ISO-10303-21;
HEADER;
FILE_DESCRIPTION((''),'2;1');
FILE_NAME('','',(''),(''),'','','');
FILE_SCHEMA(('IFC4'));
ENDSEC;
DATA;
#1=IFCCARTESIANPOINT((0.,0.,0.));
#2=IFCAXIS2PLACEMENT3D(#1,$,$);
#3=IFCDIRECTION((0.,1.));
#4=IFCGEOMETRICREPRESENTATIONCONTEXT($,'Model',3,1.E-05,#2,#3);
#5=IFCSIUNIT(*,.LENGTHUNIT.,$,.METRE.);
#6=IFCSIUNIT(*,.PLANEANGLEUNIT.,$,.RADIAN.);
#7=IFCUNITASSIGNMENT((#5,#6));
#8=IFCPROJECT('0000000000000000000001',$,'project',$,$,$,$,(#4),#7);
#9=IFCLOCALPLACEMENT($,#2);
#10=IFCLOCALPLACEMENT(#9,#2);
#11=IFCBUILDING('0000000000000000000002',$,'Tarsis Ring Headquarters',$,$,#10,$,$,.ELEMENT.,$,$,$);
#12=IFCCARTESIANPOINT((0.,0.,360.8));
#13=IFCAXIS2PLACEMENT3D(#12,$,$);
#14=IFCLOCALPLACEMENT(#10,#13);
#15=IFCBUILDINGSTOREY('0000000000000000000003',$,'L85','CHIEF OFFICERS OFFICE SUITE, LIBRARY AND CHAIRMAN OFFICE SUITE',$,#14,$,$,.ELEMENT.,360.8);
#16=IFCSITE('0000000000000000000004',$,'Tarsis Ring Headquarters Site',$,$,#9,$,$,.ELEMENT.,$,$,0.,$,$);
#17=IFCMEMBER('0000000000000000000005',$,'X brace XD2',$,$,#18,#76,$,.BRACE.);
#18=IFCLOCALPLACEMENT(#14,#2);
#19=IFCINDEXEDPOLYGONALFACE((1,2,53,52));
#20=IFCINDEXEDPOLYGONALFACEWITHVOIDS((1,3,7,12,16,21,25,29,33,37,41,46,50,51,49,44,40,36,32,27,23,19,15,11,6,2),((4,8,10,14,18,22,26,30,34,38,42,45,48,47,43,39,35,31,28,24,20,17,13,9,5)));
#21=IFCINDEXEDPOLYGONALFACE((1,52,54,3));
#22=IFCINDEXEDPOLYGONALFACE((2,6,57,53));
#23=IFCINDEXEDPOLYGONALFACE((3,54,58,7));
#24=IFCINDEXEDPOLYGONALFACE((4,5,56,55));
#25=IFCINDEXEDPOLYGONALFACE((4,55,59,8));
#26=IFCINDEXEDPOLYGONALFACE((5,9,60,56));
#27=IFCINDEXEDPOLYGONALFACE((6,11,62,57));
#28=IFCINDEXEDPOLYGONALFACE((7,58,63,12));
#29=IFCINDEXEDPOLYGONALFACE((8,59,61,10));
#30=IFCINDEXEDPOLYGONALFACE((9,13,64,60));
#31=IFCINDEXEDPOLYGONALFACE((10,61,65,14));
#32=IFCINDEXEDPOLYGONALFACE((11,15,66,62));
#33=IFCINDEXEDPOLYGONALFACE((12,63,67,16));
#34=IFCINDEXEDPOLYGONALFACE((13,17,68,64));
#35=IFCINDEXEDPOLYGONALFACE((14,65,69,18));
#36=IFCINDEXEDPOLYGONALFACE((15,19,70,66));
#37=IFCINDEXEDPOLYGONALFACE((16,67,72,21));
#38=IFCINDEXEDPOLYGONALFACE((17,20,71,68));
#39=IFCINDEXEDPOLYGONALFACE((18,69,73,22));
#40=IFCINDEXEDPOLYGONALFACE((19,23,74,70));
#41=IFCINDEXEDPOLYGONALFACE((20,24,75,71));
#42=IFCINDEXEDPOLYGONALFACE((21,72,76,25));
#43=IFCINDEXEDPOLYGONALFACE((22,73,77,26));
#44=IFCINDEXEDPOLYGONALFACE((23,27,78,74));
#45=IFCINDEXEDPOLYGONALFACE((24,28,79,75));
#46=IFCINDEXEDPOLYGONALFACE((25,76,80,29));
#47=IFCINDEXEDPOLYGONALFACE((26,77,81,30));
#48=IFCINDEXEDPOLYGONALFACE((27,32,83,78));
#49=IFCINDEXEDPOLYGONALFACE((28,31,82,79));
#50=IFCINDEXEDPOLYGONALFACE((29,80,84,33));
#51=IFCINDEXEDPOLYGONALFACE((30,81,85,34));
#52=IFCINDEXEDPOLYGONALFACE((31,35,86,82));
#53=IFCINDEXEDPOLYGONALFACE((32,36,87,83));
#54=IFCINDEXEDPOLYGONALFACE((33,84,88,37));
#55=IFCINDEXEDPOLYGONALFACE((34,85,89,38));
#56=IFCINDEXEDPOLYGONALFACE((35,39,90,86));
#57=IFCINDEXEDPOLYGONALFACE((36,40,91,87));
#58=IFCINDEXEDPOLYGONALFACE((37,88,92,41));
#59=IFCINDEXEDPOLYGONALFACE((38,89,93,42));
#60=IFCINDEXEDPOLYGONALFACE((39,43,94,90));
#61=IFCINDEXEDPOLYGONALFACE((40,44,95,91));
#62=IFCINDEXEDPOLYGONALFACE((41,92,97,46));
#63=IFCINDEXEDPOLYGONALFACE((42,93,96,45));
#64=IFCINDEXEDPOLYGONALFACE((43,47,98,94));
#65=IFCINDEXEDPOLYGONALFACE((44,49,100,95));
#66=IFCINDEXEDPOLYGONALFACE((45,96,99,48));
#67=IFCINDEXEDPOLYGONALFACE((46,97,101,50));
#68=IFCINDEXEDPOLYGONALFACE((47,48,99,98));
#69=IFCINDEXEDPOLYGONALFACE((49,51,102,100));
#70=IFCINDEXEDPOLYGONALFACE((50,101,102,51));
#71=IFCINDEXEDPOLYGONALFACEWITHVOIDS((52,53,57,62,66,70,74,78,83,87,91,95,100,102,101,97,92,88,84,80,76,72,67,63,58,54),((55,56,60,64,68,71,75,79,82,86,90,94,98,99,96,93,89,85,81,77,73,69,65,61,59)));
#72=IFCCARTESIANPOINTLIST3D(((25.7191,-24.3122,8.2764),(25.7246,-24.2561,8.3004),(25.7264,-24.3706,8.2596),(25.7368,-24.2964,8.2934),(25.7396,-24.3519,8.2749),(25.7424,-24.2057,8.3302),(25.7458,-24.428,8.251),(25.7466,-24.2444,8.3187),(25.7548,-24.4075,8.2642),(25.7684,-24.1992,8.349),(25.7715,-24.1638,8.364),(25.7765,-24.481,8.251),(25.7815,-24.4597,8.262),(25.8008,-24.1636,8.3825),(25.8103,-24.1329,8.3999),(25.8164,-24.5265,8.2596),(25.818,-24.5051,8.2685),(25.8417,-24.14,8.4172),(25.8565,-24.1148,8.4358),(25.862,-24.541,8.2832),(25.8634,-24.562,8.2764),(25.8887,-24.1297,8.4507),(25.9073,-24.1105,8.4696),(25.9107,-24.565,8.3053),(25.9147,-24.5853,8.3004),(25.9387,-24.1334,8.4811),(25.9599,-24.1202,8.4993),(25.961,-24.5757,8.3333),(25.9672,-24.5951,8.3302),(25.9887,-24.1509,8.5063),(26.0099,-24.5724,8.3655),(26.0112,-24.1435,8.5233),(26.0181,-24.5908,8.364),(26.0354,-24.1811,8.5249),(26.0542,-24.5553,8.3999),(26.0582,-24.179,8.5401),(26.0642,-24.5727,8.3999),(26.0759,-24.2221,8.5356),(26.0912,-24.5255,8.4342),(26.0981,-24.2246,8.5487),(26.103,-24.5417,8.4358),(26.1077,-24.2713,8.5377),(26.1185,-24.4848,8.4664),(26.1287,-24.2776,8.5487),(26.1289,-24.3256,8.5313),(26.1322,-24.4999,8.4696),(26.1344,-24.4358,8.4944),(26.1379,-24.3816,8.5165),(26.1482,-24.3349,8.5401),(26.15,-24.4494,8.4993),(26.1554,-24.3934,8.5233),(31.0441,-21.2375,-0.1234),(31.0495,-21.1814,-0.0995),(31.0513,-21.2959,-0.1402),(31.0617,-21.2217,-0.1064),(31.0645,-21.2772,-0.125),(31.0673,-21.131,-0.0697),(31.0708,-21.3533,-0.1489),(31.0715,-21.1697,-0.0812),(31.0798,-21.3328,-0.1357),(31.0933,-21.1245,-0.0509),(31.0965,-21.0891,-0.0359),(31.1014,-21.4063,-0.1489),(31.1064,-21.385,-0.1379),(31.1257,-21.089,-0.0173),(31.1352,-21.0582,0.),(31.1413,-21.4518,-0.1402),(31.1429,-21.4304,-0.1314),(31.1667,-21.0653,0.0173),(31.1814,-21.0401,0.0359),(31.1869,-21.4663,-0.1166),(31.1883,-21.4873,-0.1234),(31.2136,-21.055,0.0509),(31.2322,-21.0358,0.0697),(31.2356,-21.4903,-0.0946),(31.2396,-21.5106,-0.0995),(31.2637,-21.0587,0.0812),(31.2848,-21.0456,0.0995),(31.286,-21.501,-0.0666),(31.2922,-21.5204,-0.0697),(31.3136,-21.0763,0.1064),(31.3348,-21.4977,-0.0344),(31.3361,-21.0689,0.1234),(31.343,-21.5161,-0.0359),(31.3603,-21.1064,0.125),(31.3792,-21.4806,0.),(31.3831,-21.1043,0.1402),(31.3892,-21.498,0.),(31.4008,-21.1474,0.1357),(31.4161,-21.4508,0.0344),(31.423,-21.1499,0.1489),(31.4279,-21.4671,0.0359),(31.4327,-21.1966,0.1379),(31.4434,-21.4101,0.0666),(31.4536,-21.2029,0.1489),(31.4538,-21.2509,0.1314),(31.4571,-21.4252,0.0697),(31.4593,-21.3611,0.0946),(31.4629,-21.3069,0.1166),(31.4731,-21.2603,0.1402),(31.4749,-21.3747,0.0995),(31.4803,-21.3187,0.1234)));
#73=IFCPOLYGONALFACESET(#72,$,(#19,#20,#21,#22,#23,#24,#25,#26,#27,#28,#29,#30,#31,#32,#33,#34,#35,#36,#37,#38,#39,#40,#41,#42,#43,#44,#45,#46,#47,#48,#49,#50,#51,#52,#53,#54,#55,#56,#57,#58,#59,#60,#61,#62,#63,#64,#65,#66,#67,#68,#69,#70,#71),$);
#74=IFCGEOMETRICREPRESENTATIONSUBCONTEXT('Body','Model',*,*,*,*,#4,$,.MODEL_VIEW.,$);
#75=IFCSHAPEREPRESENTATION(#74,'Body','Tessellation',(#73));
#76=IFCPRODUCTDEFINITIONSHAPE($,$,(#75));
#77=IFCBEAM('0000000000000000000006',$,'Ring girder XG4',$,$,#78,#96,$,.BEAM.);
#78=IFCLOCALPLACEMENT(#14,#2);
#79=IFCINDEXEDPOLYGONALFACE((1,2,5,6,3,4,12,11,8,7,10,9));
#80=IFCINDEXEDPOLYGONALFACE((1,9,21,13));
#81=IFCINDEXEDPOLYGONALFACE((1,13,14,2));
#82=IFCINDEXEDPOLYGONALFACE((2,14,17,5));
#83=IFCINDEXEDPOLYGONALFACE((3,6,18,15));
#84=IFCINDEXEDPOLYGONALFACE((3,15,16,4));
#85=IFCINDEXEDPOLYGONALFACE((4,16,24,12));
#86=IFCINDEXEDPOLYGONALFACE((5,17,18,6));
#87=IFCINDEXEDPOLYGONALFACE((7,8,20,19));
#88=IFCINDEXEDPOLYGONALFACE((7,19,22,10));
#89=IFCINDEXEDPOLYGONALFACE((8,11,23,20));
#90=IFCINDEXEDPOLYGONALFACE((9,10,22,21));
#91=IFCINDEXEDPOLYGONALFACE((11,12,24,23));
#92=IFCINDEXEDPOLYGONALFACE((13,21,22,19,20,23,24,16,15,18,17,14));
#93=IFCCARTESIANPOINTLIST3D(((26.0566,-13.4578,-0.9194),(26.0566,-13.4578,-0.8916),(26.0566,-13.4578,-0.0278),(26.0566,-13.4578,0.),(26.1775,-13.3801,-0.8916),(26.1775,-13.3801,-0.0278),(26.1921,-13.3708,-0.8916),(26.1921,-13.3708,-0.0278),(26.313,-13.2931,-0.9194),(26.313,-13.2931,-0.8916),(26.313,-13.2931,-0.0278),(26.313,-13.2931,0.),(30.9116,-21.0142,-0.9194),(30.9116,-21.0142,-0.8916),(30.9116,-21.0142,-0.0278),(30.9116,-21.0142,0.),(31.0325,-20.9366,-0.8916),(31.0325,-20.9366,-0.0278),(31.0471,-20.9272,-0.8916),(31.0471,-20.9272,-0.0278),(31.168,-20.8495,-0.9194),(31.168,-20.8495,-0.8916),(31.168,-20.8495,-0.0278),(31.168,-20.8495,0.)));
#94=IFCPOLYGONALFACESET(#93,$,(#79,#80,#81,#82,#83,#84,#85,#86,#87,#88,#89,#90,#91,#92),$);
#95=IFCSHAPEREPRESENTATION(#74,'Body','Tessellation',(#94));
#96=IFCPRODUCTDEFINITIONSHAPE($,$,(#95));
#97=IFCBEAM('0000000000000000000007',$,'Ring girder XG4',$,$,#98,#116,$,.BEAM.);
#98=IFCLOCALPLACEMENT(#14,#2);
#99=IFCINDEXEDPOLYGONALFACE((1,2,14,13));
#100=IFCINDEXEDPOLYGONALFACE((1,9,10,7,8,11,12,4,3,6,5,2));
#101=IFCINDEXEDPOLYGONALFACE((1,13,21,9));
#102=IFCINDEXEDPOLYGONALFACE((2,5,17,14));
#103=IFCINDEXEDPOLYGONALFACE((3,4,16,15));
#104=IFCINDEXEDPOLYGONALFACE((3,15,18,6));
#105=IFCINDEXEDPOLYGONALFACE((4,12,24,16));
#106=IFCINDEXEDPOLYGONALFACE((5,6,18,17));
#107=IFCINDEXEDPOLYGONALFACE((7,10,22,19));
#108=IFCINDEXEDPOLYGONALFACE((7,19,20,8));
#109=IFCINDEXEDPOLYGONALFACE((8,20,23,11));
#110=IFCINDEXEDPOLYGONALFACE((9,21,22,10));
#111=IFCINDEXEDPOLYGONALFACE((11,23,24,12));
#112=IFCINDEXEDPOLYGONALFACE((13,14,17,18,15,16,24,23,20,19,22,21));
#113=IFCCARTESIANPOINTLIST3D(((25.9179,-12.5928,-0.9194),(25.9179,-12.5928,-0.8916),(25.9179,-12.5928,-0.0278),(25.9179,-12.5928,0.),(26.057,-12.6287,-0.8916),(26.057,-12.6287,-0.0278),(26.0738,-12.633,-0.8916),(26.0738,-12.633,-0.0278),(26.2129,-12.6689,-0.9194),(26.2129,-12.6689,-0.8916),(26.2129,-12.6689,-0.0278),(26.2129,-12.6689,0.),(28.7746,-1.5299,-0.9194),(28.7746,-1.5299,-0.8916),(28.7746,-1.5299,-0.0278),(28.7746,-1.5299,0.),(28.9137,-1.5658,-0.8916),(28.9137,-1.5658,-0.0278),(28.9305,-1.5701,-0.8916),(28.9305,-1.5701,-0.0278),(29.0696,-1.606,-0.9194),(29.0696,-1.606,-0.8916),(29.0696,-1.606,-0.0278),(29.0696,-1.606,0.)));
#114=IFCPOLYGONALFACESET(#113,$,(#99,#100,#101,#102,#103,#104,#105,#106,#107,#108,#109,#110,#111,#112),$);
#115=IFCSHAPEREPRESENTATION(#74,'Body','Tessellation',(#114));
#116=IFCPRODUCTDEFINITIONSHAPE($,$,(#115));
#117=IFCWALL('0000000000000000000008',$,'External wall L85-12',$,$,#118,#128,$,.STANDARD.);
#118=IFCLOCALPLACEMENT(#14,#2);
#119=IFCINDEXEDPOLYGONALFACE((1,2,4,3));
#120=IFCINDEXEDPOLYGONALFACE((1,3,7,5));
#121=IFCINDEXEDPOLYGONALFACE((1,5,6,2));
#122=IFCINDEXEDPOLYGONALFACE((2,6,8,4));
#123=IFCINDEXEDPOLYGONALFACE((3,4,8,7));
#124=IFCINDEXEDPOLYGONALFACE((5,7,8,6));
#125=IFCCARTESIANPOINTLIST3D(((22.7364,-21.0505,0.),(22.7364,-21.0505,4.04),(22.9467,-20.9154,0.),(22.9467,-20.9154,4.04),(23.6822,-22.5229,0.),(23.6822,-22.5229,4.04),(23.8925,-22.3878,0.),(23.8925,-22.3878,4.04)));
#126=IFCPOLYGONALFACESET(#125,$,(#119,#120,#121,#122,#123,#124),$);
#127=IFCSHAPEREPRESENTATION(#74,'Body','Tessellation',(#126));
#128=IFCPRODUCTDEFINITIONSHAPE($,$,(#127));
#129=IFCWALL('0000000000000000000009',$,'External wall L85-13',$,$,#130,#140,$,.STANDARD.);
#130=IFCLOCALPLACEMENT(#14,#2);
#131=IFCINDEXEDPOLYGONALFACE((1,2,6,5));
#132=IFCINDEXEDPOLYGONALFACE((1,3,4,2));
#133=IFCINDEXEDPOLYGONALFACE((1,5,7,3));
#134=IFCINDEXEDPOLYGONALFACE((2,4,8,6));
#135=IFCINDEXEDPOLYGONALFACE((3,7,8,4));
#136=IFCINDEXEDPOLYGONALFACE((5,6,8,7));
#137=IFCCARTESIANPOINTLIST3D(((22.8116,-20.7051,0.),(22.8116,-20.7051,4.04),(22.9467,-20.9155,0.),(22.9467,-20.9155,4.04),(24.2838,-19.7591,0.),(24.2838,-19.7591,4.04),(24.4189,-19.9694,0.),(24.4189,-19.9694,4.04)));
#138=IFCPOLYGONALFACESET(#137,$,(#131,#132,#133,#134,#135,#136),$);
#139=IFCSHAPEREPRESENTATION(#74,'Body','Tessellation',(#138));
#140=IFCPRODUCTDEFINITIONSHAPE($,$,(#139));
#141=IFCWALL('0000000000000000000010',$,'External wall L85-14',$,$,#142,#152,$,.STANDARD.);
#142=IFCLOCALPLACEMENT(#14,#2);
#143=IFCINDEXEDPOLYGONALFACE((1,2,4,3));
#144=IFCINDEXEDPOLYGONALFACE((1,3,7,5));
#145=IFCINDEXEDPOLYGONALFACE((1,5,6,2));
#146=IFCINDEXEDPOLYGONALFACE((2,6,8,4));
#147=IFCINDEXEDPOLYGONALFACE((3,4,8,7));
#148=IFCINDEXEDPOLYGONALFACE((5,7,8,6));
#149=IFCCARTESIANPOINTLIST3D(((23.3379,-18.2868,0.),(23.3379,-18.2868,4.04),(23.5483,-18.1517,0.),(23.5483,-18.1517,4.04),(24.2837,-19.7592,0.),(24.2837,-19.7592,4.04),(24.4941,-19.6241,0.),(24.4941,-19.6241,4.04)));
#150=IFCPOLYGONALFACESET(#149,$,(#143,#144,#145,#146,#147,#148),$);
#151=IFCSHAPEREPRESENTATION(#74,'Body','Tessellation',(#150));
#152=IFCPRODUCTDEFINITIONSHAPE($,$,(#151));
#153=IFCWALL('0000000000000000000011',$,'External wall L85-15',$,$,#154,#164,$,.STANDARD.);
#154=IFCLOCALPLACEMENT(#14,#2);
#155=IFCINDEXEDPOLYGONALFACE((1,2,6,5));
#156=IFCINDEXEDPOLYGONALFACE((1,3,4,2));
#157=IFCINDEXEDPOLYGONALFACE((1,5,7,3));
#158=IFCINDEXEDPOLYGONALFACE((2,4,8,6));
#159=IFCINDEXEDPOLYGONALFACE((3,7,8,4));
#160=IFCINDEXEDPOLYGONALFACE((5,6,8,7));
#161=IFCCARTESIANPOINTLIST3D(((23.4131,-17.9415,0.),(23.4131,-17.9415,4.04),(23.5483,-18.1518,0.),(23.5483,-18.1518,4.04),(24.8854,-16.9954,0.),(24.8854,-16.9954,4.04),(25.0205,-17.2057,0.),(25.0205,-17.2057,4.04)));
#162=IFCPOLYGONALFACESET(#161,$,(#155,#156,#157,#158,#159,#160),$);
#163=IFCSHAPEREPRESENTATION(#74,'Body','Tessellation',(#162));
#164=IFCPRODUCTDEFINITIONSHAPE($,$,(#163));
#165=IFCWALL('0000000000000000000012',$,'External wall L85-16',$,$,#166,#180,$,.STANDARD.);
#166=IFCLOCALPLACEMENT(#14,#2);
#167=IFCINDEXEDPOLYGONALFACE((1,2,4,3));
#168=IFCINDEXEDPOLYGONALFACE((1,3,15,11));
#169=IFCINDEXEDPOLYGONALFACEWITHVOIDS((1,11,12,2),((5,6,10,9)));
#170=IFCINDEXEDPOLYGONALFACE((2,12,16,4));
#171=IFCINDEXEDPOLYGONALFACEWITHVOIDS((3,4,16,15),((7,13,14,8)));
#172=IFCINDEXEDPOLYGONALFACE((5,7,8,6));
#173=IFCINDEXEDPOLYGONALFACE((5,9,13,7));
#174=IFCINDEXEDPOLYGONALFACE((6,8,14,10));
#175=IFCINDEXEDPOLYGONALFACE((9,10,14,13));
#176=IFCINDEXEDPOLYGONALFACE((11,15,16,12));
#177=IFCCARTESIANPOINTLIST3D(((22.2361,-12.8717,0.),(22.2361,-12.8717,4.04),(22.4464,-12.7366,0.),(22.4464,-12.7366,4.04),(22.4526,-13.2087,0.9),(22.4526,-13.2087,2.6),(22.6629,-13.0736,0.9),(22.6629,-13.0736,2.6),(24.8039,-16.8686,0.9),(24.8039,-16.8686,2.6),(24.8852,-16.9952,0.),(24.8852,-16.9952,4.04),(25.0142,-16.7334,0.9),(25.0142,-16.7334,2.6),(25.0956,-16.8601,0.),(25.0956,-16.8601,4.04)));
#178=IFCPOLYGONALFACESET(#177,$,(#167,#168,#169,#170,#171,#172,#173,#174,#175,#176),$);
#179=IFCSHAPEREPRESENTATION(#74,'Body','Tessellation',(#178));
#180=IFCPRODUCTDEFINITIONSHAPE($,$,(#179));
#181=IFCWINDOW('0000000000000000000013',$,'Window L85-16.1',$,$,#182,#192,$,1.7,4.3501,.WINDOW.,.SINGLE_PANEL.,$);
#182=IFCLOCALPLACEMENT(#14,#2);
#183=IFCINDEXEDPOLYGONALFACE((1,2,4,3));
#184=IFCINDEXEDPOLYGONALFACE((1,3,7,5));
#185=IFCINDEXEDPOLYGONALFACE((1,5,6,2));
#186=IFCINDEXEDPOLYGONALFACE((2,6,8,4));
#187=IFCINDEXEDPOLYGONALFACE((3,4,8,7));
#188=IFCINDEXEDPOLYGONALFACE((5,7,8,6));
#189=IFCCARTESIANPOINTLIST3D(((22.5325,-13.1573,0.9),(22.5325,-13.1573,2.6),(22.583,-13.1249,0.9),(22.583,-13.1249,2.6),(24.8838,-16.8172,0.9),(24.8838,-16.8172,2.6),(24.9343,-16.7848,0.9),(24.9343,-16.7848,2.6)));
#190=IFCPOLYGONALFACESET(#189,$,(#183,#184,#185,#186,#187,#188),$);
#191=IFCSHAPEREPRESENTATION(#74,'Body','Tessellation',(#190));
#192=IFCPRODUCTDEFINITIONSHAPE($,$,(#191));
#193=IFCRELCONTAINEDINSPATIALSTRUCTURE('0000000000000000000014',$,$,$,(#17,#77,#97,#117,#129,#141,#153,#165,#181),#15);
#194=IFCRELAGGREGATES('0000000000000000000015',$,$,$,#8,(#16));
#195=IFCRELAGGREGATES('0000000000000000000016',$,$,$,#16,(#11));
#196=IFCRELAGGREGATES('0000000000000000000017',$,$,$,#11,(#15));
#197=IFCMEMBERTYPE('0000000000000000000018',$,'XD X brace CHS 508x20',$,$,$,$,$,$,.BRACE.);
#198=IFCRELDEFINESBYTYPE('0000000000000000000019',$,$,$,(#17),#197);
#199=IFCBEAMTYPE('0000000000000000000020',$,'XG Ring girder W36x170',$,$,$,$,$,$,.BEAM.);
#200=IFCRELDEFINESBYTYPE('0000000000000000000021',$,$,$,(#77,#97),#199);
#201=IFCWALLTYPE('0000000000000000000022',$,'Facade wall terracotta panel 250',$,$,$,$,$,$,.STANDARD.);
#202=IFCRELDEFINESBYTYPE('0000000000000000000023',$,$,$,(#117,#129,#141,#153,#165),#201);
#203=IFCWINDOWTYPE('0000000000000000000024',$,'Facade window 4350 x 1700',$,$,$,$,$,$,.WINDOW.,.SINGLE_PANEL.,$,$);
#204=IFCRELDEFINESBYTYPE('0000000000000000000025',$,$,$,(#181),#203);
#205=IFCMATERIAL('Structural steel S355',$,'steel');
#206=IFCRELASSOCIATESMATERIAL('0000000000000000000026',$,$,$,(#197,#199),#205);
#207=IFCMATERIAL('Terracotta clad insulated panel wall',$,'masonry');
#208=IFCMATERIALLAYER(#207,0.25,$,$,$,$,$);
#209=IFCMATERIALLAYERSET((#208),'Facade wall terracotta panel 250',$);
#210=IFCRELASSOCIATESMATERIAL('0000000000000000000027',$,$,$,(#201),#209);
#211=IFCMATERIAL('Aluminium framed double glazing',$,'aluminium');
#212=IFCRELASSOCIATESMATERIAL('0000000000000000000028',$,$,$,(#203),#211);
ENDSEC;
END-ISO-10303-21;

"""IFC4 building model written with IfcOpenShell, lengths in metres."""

from ifc_helpers import new_model, si_unit, direction, frame, frame_2d, origin, origin_2d, place, context, subcontext, project, spatial, rectangle, hollow_circle, i_section, extrude, material, layer, layer_set, material_profile, profile_set, type_object, element, fill, save


model = new_model("IFC4")

# Units and contexts
model_context = context("Model", 3, precision=1e-05, world=origin(), true_north=direction((0.0, 1.0)))
body_context = subcontext(model_context, "Body", "Model", "MODEL_VIEW")
ifc_project = project(units=[si_unit("LENGTHUNIT", "METRE"), si_unit("PLANEANGLEUNIT", "RADIAN")], contexts=[model_context])

# Site, building, storey
site_placement = place(None, origin())
site = spatial("IfcSite", under=ifc_project, at=site_placement, Name="Tarsis Ring Headquarters Site", CompositionType="ELEMENT", RefElevation=0.0)
building_placement = place(site_placement, origin())
building = spatial("IfcBuilding", under=site, at=building_placement, Name="Tarsis Ring Headquarters", CompositionType="ELEMENT")
storey_placement = place(building_placement, frame((0.0, 0.0, 360.8)))
storey = spatial("IfcBuildingStorey", under=building, at=storey_placement, Name="L85", Description="CHIEF OFFICERS OFFICE SUITE, LIBRARY AND CHAIRMAN OFFICE SUITE", CompositionType="ELEMENT", Elevation=360.8)

# Shared definitions
ifc_material_1 = material(Name="Structural steel S355", Category="steel")

# Member
ifc_material_profile_1 = material_profile(ifc_material_1, hollow_circle(Radius=0.2539, WallThickness=0.02, at=origin_2d()), Name="CHS 508x20")
ifc_profile_set_1 = profile_set([ifc_material_profile_1], Name="Structural steel S355")
member_type_1 = type_object("IfcMemberType", Name="XD X brace CHS 508x20", PredefinedType="BRACE", material=ifc_profile_set_1)
member_1_placement = place(storey_placement, frame((31.2622, -21.2781, 0.0), z_axis=(-0.511525, -0.295362, 0.80691), x_axis=(0.500042, -0.866001, 0.0)))
element("IfcMember", 1, at=member_1_placement, inside=storey, type_object=member_type_1, Name="X brace XD2", PredefinedType="BRACE", context=body_context, shape_type="SweptSolid", body=[
    extrude(hollow_circle(Radius=0.2539, WallThickness=0.02, at=origin_2d()), origin(), (0.0, 0.0, 1.0), 10.4099),
])

# Beams
ifc_material_profile_2 = material_profile(ifc_material_1, i_section(OverallWidth=0.3047, OverallDepth=0.9194, WebThickness=0.0173, FlangeThickness=0.0278, at=origin_2d()), Name="W36x170")
ifc_profile_set_2 = profile_set([ifc_material_profile_2], Name="Structural steel S355")
beam_type = type_object("IfcBeamType", Name="XG Ring girder W36x170", PredefinedType="BEAM", material=ifc_profile_set_2)
beam_1_placement = place(storey_placement, frame((31.0398, -20.9319, -0.4597), z_axis=(-0.540545, 0.841315, 0.0), x_axis=(-0.841315, -0.540545, 0.0)))
element("IfcBeam", 2, at=beam_1_placement, inside=storey, type_object=beam_type, Name="Ring girder XG4", PredefinedType="BEAM", context=body_context, shape_type="SweptSolid", body=[
    extrude(i_section(OverallWidth=0.3047, OverallDepth=0.9194, WebThickness=0.0173, FlangeThickness=0.0278, at=origin_2d()), origin(), (0.0, 0.0, 1.0), 8.9817),
])
beam_2_placement = place(storey_placement, frame((26.0654, -12.6309, -0.4597), z_axis=(0.25002, 0.968241, 0.0), x_axis=(-0.968241, 0.25002, 0.0)))
element("IfcBeam", 3, at=beam_2_placement, inside=storey, type_object=beam_type, Name="Ring girder XG4", PredefinedType="BEAM", context=body_context, shape_type="SweptSolid", body=[
    extrude(i_section(OverallWidth=0.3047, OverallDepth=0.9194, WebThickness=0.0173, FlangeThickness=0.0278, at=origin_2d()), origin(), (0.0, 0.0, 1.0), 11.4258),
])

# Walls
ifc_material_2 = material(Name="Terracotta clad insulated panel wall", Category="masonry")
ifc_layer_1 = layer(ifc_material_2, 0.25)
ifc_layer_set_1 = layer_set([ifc_layer_1], Name="Facade wall terracotta panel 250")
wall_type = type_object("IfcWallType", Name="Facade wall terracotta panel 250", PredefinedType="STANDARD", material=ifc_layer_set_1)
for number, where, z_axis, x_axis, name in (
    (4, (23.7874, -22.4553, 0.0), (0.0, 0.0, 1.0), (-0.540454, 0.841373, 0.0), "External wall L85-12"),
    (5, (22.8792, -20.8103, 0.0), (0.0, 0.0, 1.0), (0.841269, 0.540617, 0.0), "External wall L85-13"),
    (6, (24.3889, -19.6917, 0.0), (0.0, 0.0, 1.0), (-0.540454, 0.841373, 0.0), "External wall L85-14"),
    (7, (23.4807, -18.0466, 0.0), (0.0, 0.0, 1.0), (0.841269, 0.540617, 0.0), "External wall L85-15"),
):
    element("IfcWall", number, at=place(storey_placement, frame(where, z_axis=z_axis, x_axis=x_axis)), inside=storey, type_object=wall_type, Name=name, PredefinedType="STANDARD", context=body_context, shape_type="SweptSolid", body=[
        extrude(rectangle(XDim=1.75, YDim=0.25, at=frame_2d((0.875, 0.0))), origin(), (0.0, 0.0, 1.0), 4.04),
    ])

# Wall, opening, window
wall_1_placement = place(storey_placement, frame((24.9905, -16.9277, 0.0), z_axis=(0.0, 0.0, 1.0), x_axis=(-0.540516, 0.841334, 0.0)))
wall_1 = element("IfcWall", 8, at=wall_1_placement, inside=storey, type_object=wall_type, Name="External wall L85-16", PredefinedType="STANDARD", context=body_context, shape_type="SweptSolid", body=[
    extrude(rectangle(XDim=4.9011, YDim=0.25, at=frame_2d((2.4507, 0.0))), origin(), (0.0, 0.0, 1.0), 4.04),
])
opening_1_placement = place(wall_1_placement, frame((0.1506, 0.0, 0.8999)))
opening_1 = element("IfcOpeningElement", 9, at=opening_1_placement, cuts=wall_1, PredefinedType="OPENING", context=body_context, shape_type="SweptSolid", body=[
    extrude(rectangle(XDim=4.3501, YDim=1.7, at=frame_2d((2.175, 0.8501))), frame((0.0, 0.135, 0.0), z_axis=(0.0, -1.0, 0.0), x_axis=(1.0, 0.0, 0.0)), (0.0, 0.0, 1.0), 0.27),
])
ifc_material_3 = material(Name="Aluminium framed double glazing", Category="aluminium")
window_type_1 = type_object("IfcWindowType", Name="Facade window 4350 x 1700", PartitioningType="SINGLE_PANEL", PredefinedType="WINDOW", material=ifc_material_3)
window_1_placement = place(opening_1_placement, origin())
window_1 = element("IfcWindow", 10, at=window_1_placement, inside=storey, type_object=window_type_1, Name="Window L85-16.1", OverallHeight=1.7, OverallWidth=4.3501, PartitioningType="SINGLE_PANEL", PredefinedType="WINDOW", context=body_context, shape_type="SweptSolid", body=[
    extrude(rectangle(XDim=4.3501, YDim=1.7, at=frame_2d((2.175, 0.8501))), frame((0.0, 0.03, 0.0), z_axis=(0.0, -1.0, 0.0), x_axis=(1.0, 0.0, 0.0)), (0.0, 0.0, 1.0), 0.0601),
])
fill(opening_1, window_1)

save(model, "model.ifc")
